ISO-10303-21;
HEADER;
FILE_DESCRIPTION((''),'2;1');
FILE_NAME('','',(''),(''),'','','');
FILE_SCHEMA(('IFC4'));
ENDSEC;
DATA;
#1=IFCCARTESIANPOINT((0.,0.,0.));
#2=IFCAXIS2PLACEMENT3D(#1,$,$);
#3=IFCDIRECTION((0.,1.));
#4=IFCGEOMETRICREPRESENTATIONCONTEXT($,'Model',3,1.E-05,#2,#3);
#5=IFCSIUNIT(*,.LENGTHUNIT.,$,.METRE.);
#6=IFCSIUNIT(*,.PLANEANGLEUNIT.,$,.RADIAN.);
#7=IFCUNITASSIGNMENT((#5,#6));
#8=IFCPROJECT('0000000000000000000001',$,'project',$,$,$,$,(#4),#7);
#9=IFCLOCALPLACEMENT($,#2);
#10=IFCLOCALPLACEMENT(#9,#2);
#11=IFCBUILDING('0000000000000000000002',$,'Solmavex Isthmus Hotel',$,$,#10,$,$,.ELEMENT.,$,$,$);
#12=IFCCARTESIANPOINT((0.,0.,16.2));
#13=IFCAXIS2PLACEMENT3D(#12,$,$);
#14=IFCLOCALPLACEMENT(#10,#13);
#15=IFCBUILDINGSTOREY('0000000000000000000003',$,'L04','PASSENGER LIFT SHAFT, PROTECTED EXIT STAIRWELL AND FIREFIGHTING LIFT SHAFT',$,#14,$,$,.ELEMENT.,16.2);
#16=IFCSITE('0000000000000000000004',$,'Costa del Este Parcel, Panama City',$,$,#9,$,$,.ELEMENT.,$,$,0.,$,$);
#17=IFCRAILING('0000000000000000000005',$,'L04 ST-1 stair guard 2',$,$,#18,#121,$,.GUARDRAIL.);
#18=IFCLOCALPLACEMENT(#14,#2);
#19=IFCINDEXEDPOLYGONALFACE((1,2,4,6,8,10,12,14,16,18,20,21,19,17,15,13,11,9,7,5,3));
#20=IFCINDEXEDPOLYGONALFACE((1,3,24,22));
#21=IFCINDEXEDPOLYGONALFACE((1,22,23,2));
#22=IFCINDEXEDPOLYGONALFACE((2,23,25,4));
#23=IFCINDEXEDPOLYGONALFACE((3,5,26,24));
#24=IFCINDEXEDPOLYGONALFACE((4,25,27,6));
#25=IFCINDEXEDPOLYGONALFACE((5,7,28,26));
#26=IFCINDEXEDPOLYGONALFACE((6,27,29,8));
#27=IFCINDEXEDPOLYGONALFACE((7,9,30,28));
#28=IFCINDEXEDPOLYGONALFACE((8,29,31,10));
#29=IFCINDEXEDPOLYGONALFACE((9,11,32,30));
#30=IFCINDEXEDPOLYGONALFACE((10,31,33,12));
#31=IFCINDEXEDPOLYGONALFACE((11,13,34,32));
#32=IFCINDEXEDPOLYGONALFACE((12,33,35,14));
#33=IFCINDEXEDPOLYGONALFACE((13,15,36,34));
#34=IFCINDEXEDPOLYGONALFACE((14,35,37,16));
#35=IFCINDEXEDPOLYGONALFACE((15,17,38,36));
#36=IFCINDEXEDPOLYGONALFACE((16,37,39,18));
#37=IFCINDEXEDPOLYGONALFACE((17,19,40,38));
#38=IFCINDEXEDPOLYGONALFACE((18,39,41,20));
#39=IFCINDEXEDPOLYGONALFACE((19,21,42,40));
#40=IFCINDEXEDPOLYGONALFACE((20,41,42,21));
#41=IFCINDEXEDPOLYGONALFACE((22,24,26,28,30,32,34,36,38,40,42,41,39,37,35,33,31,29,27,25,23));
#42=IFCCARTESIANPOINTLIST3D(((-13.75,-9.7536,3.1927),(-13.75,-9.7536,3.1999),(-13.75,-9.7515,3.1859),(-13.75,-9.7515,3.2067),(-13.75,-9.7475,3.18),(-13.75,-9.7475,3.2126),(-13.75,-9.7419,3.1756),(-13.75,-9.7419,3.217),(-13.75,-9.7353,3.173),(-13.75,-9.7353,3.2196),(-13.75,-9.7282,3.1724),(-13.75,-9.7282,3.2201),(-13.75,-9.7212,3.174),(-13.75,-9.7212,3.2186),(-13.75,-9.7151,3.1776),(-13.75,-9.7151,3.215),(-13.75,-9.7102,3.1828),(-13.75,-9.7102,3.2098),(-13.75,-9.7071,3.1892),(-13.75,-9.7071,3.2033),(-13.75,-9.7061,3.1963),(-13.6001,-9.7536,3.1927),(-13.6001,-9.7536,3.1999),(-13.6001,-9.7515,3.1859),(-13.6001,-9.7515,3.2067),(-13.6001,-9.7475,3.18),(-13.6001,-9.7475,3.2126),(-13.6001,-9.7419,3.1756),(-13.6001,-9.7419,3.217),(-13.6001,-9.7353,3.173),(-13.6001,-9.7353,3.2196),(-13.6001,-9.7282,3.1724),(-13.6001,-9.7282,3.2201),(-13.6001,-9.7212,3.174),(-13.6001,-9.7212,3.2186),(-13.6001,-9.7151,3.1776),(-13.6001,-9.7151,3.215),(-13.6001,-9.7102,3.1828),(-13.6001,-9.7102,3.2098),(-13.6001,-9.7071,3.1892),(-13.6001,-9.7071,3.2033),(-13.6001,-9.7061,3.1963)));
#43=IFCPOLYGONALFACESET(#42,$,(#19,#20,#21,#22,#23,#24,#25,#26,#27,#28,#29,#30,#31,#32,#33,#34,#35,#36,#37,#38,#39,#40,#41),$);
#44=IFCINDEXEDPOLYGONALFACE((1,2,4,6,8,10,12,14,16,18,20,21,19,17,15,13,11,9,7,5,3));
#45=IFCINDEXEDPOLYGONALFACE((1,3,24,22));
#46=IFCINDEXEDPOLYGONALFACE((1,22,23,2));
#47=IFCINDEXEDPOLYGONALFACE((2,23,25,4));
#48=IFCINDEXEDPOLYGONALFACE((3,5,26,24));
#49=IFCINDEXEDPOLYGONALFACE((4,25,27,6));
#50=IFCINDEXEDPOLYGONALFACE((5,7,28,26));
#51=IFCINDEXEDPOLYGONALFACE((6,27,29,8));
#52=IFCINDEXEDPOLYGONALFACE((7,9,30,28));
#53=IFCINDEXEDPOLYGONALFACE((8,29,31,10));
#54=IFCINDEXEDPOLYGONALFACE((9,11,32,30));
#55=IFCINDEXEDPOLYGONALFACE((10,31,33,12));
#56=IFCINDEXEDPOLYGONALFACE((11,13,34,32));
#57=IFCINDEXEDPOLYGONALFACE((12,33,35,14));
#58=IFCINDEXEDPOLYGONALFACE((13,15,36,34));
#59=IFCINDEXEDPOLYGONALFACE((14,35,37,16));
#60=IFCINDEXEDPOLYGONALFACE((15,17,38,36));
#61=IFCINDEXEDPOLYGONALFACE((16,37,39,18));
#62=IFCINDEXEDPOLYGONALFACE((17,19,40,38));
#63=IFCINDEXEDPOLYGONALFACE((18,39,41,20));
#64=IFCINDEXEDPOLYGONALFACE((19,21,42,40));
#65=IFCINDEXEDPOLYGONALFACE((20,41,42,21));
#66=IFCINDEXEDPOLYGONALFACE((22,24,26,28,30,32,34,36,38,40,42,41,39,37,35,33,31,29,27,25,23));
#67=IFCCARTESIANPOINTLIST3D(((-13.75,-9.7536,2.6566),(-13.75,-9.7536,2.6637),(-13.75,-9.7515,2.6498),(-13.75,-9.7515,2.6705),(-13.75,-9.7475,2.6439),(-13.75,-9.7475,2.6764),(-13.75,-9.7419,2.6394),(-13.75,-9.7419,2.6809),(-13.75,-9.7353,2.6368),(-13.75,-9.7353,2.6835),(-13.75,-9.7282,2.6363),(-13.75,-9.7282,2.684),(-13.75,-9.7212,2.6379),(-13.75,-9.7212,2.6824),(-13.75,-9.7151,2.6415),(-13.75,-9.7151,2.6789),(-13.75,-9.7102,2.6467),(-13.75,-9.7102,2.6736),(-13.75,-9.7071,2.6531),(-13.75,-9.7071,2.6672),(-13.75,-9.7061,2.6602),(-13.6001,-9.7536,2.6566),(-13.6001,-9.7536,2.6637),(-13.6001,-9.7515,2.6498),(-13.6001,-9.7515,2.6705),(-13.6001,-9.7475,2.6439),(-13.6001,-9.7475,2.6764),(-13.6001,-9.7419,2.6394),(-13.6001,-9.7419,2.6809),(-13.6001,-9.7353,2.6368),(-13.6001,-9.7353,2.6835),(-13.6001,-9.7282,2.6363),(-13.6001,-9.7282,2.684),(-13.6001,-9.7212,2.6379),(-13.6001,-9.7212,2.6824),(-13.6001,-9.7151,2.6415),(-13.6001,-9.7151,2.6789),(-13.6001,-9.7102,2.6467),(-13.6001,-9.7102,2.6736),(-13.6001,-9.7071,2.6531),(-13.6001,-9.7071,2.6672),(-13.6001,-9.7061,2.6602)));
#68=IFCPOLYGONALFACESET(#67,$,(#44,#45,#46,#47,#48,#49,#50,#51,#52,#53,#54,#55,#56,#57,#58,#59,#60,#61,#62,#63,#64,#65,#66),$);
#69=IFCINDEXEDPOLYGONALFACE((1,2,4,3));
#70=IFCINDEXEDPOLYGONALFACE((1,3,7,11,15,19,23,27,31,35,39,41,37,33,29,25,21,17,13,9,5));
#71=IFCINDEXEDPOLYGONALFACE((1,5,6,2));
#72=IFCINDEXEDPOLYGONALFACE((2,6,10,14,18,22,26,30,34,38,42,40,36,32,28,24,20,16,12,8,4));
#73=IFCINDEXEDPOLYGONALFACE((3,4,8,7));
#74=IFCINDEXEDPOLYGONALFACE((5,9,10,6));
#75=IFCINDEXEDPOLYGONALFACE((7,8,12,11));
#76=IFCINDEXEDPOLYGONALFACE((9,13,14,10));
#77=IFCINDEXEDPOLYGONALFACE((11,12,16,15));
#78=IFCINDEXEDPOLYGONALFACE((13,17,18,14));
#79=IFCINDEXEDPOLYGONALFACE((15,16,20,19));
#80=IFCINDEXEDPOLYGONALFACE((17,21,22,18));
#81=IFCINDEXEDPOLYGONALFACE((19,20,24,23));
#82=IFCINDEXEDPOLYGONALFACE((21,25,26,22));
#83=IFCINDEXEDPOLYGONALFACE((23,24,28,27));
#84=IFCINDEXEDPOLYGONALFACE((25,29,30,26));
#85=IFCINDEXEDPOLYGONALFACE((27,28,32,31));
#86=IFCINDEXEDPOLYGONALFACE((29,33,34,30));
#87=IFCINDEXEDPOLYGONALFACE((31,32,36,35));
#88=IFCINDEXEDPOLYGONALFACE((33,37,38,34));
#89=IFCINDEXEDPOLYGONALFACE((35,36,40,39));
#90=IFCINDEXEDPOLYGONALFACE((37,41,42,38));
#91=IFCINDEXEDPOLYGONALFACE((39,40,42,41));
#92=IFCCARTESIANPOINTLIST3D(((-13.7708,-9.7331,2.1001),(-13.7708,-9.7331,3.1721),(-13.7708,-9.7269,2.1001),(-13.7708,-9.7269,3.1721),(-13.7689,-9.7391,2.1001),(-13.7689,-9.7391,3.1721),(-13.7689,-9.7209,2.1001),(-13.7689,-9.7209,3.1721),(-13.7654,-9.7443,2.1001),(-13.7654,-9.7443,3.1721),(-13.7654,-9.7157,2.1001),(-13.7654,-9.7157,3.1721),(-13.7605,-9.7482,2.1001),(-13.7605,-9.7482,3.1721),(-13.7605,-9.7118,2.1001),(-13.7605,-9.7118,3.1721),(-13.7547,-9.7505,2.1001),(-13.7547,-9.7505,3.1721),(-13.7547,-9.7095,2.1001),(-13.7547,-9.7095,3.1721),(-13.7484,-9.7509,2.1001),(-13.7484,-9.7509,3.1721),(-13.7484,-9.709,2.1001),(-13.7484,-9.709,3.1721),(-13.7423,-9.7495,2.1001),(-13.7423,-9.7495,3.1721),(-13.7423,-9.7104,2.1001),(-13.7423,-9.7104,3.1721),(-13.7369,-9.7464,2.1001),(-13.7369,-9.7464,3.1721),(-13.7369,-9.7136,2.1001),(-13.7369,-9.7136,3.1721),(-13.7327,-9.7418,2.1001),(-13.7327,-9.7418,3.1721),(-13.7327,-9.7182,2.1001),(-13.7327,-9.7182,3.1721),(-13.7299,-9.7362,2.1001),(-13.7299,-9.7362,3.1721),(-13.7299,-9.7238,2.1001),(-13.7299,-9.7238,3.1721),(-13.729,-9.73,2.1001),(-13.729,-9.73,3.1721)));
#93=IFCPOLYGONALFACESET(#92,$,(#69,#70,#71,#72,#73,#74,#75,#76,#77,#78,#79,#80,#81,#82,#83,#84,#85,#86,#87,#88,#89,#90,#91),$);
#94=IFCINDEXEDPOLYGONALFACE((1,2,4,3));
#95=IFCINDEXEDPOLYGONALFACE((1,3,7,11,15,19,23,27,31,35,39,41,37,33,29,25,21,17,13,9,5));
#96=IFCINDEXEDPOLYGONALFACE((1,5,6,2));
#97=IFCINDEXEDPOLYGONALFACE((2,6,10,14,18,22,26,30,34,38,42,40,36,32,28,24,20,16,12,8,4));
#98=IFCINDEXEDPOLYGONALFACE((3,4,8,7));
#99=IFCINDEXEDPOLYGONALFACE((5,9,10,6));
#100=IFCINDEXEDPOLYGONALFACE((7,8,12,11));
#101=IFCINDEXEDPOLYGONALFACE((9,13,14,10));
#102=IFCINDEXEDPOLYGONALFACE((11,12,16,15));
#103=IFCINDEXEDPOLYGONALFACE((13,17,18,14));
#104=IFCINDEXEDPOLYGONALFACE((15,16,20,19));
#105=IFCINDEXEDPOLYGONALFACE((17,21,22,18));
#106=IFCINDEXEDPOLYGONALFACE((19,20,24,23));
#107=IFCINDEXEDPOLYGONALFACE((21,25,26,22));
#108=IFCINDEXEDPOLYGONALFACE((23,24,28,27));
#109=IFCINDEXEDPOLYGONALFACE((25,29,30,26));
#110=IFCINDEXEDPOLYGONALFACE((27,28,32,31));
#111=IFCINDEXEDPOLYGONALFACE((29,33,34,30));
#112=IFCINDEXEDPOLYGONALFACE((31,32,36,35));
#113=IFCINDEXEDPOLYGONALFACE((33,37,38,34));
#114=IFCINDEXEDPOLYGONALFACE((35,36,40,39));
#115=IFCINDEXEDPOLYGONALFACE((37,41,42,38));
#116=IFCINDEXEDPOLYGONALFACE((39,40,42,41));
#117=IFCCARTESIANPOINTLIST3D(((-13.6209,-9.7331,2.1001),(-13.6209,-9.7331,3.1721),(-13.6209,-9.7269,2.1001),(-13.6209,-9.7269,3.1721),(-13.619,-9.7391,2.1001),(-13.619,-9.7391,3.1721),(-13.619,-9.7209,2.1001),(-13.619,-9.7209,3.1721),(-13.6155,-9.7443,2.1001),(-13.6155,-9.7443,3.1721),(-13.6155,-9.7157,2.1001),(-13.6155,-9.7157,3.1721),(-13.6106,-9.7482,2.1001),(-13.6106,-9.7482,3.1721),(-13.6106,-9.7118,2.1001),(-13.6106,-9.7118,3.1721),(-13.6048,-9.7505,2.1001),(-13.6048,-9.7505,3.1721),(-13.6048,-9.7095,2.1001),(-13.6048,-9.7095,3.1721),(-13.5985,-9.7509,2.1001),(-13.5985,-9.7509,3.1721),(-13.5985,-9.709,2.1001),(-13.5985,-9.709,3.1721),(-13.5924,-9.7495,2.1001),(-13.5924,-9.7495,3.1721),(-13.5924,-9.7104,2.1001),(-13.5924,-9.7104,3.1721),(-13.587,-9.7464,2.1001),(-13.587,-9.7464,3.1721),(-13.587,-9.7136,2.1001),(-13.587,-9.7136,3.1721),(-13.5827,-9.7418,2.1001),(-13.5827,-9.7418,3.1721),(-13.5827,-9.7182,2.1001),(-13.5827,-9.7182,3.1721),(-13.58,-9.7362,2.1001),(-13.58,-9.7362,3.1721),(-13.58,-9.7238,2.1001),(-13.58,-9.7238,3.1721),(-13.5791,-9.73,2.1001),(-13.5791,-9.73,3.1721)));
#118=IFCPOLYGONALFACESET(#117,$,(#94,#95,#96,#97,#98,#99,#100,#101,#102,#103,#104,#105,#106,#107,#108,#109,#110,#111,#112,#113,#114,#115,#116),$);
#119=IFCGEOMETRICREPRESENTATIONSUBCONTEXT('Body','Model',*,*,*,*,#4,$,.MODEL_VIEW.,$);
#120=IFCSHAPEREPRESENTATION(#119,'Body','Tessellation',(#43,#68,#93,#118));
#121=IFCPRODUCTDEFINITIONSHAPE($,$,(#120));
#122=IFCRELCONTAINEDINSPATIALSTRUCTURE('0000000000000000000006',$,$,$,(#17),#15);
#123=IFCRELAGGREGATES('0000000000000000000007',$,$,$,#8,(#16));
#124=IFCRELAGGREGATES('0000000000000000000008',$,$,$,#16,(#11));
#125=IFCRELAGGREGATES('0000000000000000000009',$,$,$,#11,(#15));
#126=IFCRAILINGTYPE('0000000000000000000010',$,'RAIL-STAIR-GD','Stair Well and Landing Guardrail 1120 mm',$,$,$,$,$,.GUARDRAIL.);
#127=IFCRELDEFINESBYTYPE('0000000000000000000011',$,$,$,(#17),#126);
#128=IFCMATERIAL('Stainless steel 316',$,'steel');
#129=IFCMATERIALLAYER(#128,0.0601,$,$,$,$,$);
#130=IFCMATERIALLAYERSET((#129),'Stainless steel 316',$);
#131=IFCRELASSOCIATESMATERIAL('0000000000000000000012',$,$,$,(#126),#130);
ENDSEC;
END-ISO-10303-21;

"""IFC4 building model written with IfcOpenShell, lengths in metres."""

from ifc_helpers import new_model, si_unit, direction, frame, origin, origin_2d, place, context, subcontext, project, spatial, circle, extrude, material, layer, layer_set, type_object, element, save


model = new_model("IFC4")

# Units and contexts
model_context = context("Model", 3, precision=1e-05, world=origin(), true_north=direction((0.0, 1.0)))
body_context = subcontext(model_context, "Body", "Model", "MODEL_VIEW")
ifc_project = project(units=[si_unit("LENGTHUNIT", "METRE"), si_unit("PLANEANGLEUNIT", "RADIAN")], contexts=[model_context])

# Site, building, storey
site_placement = place(None, origin())
site = spatial("IfcSite", under=ifc_project, at=site_placement, Name="Costa del Este Parcel, Panama City", CompositionType="ELEMENT", RefElevation=0.0)
building_placement = place(site_placement, origin())
building = spatial("IfcBuilding", under=site, at=building_placement, Name="Solmavex Isthmus Hotel", CompositionType="ELEMENT")
storey_placement = place(building_placement, frame((0.0, 0.0, 16.2)))
storey = spatial("IfcBuildingStorey", under=building, at=storey_placement, Name="L04", Description="PASSENGER LIFT SHAFT, PROTECTED EXIT STAIRWELL AND FIREFIGHTING LIFT SHAFT", CompositionType="ELEMENT", Elevation=16.2)

# Shared definitions
ifc_material_1 = material(Name="Stainless steel 316", Category="steel")

# Railing
ifc_layer_1 = layer(ifc_material_1, 0.0601)
ifc_layer_set_1 = layer_set([ifc_layer_1], Name="Stainless steel 316")
railing_type_1 = type_object("IfcRailingType", Name="RAIL-STAIR-GD", Description="Stair Well and Landing Guardrail 1120 mm", PredefinedType="GUARDRAIL", material=ifc_layer_set_1)
railing_1_placement = place(storey_placement, frame((-13.75, -9.73, 2.1001)))
element("IfcRailing", 1, at=railing_1_placement, inside=storey, type_object=railing_type_1, Name="L04 ST-1 stair guard 2", PredefinedType="GUARDRAIL", context=body_context, shape_type="SweptSolid", body=[
    extrude(circle(Radius=0.0239, at=origin_2d()), frame((0.0, 0.0, 1.0962), z_axis=(1.0, 0.0, 0.0), x_axis=(0.0, 1.0, 0.0)), (0.0, 0.0, 1.0), 0.1499),
    extrude(circle(Radius=0.0239, at=origin_2d()), frame((0.0, 0.0, 0.5601), z_axis=(1.0, 0.0, 0.0), x_axis=(0.0, 1.0, 0.0)), (0.0, 0.0, 1.0), 0.1499),
    extrude(circle(Radius=0.021, at=origin_2d()), origin(), (0.0, 0.0, 1.0), 1.072),
    extrude(circle(Radius=0.021, at=origin_2d()), frame((0.1499, 0.0, 0.0)), (0.0, 0.0, 1.0), 1.072),
])

save(model, "model.ifc")
